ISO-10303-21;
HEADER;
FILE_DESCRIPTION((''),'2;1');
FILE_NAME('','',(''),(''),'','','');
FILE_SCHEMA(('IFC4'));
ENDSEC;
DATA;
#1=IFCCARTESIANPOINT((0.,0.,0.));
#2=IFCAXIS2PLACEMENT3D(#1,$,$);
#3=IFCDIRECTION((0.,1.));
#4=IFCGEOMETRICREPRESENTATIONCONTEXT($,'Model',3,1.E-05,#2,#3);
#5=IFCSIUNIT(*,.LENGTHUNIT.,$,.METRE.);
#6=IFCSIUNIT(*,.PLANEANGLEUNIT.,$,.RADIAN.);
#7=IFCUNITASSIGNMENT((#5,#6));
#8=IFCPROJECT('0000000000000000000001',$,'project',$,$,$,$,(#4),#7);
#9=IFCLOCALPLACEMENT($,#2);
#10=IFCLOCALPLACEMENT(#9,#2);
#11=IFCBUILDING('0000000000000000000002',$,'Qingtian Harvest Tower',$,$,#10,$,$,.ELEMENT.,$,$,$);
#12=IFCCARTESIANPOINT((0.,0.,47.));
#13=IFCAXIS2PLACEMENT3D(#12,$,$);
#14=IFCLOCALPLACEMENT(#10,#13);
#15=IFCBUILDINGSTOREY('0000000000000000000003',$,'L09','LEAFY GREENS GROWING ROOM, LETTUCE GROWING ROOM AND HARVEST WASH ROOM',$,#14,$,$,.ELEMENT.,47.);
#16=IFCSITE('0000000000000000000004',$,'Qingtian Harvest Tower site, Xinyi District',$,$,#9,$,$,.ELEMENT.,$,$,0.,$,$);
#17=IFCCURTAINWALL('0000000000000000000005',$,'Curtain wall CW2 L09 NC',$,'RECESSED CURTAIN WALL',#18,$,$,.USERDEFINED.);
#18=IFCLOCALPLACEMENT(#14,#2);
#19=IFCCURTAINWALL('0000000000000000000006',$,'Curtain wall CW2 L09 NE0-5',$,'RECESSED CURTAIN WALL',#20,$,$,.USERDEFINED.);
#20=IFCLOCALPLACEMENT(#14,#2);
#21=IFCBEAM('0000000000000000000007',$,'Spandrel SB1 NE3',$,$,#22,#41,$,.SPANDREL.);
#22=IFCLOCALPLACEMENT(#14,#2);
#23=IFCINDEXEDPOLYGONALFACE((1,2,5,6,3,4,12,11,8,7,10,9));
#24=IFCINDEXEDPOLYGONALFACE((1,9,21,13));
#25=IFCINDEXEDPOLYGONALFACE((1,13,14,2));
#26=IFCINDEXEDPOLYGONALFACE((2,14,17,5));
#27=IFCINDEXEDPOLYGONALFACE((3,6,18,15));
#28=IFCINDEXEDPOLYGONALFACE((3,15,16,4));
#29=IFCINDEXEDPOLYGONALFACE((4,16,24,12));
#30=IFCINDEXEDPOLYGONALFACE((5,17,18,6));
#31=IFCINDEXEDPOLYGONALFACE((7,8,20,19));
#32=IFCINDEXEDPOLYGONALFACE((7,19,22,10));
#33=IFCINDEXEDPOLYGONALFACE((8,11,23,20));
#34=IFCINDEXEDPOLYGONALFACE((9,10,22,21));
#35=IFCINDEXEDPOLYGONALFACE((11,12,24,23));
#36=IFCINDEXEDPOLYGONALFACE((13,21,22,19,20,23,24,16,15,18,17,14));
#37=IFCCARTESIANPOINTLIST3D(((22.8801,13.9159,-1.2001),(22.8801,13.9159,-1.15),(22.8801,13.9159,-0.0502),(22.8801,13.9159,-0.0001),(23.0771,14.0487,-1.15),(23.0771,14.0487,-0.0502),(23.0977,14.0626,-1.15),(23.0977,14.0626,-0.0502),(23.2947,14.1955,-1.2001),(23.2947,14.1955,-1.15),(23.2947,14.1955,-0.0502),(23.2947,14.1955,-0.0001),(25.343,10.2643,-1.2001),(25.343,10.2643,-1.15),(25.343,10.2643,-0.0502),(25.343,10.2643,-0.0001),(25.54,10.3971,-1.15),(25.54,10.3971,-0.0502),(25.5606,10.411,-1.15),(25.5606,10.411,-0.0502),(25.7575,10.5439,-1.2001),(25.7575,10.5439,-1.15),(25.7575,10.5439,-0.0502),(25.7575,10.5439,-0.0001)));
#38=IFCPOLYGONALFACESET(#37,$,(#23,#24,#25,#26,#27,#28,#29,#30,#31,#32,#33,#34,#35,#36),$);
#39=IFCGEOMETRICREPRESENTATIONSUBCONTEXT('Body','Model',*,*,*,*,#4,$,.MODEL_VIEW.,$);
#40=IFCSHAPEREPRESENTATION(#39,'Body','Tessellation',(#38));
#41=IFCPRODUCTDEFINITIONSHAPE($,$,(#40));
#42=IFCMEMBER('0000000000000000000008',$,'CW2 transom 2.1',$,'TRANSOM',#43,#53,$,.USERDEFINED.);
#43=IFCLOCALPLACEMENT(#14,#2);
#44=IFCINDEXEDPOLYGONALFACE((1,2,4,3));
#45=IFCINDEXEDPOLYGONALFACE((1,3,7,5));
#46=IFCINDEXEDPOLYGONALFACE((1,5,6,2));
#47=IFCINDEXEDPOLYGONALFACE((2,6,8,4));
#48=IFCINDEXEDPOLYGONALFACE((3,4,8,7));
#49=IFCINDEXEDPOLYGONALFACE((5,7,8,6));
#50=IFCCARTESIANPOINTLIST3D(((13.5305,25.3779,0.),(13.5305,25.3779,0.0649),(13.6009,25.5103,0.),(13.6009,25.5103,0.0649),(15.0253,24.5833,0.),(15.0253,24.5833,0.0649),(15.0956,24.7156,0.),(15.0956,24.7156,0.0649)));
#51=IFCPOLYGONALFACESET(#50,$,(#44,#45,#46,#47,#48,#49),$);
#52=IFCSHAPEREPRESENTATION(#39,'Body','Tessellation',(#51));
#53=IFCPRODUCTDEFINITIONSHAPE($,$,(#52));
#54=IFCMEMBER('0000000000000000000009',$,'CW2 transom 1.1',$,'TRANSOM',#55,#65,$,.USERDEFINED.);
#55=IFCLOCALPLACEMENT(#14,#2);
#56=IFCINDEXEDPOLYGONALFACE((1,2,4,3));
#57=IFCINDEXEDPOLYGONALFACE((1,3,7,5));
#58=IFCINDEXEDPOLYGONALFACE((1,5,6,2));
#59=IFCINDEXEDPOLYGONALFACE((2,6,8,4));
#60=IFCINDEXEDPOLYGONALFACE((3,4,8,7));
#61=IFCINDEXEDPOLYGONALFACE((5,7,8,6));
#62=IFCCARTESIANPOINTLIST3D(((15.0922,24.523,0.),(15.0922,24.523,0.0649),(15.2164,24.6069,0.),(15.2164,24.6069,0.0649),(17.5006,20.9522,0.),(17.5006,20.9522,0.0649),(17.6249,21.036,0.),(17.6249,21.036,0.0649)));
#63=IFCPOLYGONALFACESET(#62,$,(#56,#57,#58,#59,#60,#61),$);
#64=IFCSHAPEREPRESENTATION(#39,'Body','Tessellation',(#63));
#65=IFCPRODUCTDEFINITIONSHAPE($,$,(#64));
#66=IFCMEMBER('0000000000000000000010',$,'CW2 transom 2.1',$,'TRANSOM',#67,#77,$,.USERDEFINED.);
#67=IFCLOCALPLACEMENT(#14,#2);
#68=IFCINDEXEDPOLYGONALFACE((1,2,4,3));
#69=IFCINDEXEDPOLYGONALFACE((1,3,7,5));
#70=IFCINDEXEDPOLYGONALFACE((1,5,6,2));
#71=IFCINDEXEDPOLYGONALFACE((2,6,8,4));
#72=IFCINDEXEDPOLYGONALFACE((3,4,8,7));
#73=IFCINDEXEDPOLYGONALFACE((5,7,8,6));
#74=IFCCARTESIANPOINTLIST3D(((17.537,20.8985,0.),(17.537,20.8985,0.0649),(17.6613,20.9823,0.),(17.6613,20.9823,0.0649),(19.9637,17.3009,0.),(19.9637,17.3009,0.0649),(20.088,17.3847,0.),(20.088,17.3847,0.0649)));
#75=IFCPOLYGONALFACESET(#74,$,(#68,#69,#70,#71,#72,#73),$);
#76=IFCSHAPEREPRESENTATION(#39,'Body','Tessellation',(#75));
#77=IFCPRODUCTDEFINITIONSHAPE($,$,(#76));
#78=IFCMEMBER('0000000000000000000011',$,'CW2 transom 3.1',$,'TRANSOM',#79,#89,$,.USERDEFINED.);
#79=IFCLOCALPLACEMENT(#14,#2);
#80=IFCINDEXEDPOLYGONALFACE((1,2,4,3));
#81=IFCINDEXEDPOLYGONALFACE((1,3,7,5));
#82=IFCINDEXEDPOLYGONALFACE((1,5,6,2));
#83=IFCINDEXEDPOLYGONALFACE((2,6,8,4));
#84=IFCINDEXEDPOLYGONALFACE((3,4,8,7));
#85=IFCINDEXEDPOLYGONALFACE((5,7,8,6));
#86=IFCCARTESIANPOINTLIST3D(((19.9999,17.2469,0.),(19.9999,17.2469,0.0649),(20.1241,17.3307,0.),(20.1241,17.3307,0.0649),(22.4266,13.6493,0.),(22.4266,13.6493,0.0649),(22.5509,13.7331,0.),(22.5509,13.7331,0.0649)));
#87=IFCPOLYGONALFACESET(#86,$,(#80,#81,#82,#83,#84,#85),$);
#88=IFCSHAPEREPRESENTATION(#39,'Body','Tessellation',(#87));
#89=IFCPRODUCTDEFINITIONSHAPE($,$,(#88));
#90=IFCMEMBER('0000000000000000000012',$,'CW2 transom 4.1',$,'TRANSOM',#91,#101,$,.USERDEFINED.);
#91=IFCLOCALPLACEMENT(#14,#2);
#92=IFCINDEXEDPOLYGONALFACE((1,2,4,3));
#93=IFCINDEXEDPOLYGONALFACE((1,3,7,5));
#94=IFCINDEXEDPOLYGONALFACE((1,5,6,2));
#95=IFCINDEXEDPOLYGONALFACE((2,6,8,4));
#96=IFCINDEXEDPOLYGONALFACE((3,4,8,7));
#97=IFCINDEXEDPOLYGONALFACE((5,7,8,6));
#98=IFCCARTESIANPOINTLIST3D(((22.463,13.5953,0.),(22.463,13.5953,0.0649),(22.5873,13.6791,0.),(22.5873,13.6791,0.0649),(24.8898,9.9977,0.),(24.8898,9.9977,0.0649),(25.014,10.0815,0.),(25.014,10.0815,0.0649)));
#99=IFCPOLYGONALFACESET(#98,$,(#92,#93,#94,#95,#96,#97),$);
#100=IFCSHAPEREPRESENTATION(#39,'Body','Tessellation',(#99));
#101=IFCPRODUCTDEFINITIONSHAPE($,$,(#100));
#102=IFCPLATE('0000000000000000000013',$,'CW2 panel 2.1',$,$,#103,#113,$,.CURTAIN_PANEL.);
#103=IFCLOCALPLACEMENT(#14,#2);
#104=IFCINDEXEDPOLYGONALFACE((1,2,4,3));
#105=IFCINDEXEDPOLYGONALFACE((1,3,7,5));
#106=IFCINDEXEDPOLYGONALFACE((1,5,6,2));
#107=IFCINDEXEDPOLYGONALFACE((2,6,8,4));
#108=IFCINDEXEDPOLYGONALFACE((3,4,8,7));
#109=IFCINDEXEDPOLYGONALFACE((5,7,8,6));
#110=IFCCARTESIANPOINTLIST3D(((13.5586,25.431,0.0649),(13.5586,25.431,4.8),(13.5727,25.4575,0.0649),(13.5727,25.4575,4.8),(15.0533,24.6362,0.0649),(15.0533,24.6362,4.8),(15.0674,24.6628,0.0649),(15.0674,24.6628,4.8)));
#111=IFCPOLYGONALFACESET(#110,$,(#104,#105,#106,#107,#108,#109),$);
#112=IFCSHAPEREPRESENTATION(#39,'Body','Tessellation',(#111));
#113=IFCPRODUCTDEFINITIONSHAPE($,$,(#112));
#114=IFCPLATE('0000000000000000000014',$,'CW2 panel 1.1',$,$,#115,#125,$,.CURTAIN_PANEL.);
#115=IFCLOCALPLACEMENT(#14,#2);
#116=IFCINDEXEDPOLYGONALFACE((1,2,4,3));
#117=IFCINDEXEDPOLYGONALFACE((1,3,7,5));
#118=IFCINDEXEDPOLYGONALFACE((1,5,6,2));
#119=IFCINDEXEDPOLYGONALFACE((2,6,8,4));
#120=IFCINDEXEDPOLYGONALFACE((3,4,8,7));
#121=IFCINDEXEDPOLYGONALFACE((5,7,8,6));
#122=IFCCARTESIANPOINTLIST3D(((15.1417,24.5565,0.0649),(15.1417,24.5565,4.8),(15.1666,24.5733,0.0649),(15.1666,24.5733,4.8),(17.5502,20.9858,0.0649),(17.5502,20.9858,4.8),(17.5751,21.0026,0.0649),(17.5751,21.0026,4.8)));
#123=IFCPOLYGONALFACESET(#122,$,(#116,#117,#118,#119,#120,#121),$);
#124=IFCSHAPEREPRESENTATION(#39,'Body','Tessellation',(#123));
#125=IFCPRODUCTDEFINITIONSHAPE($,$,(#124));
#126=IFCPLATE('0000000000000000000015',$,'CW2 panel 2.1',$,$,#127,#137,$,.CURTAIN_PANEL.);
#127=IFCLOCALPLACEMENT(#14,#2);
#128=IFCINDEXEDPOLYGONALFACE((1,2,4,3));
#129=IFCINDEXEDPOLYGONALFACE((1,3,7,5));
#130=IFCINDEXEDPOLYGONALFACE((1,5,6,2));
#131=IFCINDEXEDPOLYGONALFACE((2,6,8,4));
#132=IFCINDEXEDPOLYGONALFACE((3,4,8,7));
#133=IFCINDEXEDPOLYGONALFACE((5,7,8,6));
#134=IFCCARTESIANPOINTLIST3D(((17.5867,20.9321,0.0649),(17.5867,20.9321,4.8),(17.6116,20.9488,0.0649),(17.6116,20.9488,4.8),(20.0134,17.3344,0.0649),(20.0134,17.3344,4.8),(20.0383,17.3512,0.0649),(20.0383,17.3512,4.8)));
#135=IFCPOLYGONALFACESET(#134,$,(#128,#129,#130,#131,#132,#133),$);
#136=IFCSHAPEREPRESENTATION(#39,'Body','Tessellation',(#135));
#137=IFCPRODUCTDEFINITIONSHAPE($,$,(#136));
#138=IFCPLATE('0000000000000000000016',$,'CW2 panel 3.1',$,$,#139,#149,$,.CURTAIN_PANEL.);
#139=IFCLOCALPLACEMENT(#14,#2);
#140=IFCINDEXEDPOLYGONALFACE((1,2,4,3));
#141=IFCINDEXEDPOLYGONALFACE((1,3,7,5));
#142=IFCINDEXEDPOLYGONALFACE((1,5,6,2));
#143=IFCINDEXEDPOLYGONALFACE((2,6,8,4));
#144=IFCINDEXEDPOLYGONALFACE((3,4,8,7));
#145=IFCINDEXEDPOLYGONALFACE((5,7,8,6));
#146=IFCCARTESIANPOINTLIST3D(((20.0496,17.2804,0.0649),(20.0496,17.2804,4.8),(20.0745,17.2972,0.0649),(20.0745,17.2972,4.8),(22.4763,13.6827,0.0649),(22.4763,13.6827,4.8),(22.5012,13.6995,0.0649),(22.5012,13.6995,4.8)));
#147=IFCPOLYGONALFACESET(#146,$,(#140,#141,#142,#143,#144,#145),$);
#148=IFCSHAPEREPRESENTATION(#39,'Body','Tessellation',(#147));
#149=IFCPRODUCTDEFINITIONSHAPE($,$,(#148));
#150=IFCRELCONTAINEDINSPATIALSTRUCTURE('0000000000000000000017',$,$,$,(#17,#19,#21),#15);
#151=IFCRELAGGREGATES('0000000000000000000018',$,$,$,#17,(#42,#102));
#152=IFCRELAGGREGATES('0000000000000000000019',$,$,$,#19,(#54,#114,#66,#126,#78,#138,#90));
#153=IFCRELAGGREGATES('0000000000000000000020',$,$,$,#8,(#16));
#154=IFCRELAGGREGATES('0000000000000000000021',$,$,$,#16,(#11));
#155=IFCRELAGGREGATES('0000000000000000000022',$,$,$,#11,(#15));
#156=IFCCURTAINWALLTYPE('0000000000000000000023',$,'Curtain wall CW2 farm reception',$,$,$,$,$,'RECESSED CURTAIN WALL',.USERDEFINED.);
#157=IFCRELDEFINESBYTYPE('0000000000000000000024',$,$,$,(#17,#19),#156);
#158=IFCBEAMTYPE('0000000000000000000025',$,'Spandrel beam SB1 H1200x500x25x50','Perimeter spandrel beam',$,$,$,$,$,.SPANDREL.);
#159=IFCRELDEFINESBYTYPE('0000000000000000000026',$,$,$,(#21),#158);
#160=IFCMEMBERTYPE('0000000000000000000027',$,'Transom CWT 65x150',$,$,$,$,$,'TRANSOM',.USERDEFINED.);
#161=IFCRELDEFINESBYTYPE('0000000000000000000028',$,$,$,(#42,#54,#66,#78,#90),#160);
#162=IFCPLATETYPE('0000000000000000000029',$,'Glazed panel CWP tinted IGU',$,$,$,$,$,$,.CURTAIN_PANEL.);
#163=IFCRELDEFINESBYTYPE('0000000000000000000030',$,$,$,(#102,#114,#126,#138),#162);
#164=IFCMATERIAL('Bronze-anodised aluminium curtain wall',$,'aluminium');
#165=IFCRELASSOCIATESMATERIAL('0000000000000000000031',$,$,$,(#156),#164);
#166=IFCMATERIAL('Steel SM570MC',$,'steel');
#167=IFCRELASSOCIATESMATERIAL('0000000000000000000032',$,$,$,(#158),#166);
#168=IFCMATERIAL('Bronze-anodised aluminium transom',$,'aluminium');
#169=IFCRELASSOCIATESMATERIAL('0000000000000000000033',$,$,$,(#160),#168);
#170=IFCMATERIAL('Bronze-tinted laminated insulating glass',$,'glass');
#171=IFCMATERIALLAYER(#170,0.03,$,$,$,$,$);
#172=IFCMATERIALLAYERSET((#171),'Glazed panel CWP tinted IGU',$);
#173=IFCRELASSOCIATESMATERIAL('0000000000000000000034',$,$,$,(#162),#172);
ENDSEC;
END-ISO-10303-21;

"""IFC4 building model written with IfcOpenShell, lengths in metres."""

from ifc_helpers import new_model, si_unit, direction, frame, origin, origin_2d, place, context, subcontext, project, spatial, rectangle, i_section, extrude, material, layer, layer_set, material_profile, profile_set, type_object, element, aggregate, save


model = new_model("IFC4")

# Units and contexts
model_context = context("Model", 3, precision=1e-05, world=origin(), true_north=direction((0.0, 1.0)))
body_context = subcontext(model_context, "Body", "Model", "MODEL_VIEW")
ifc_project = project(units=[si_unit("LENGTHUNIT", "METRE"), si_unit("PLANEANGLEUNIT", "RADIAN")], contexts=[model_context])

# Site, building, storey
site_placement = place(None, origin())
site = spatial("IfcSite", under=ifc_project, at=site_placement, Name="Qingtian Harvest Tower site, Xinyi District", CompositionType="ELEMENT", RefElevation=0.0)
building_placement = place(site_placement, origin())
building = spatial("IfcBuilding", under=site, at=building_placement, Name="Qingtian Harvest Tower", CompositionType="ELEMENT")
storey_placement = place(building_placement, frame((0.0, 0.0, 47.0)))
storey = spatial("IfcBuildingStorey", under=building, at=storey_placement, Name="L09", Description="LEAFY GREENS GROWING ROOM, LETTUCE GROWING ROOM AND HARVEST WASH ROOM", CompositionType="ELEMENT", Elevation=47.0)

# Curtain wall
ifc_material_1 = material(Name="Bronze-anodised aluminium curtain wall", Category="aluminium")
curtain_wall_type = type_object("IfcCurtainWallType", Name="Curtain wall CW2 farm reception", ElementType="RECESSED CURTAIN WALL", PredefinedType="USERDEFINED", material=ifc_material_1)
curtain_wall_1_placement = place(storey_placement, origin())
curtain_wall_1 = element("IfcCurtainWall", 1, at=curtain_wall_1_placement, inside=storey, type_object=curtain_wall_type, Name="Curtain wall CW2 L09 NC", ObjectType="RECESSED CURTAIN WALL", PredefinedType="USERDEFINED")

# Curtain wall
curtain_wall_2_placement = place(storey_placement, origin())
curtain_wall_2 = element("IfcCurtainWall", 2, at=curtain_wall_2_placement, inside=storey, type_object=curtain_wall_type, Name="Curtain wall CW2 L09 NE0-5", ObjectType="RECESSED CURTAIN WALL", PredefinedType="USERDEFINED")

# Beam
ifc_material_2 = material(Name="Steel SM570MC", Category="steel")
ifc_material_profile_1 = material_profile(ifc_material_2, i_section(OverallWidth=0.5, OverallDepth=1.2, WebThickness=0.0249, FlangeThickness=0.05, at=origin_2d()), Name="H1200x500x25x50")
ifc_profile_set_1 = profile_set([ifc_material_profile_1], Name="Steel SM570MC")
beam_type_1 = type_object("IfcBeamType", Name="Spandrel beam SB1 H1200x500x25x50", Description="Perimeter spandrel beam", PredefinedType="SPANDREL", material=ifc_profile_set_1)
for number, where, z_axis, x_axis, name in (
    (3, (23.0874, 14.0557, -0.6001), (0.559169, -0.829054, 0.0), (0.829054, 0.559169, 0.0), "Spandrel SB1 NE3"),
):
    element("IfcBeam", number, at=place(storey_placement, frame(where, z_axis=z_axis, x_axis=x_axis)), inside=storey, type_object=beam_type_1, Name=name, PredefinedType="SPANDREL", context=body_context, shape_type="SweptSolid", body=[
        extrude(i_section(OverallWidth=0.5, OverallDepth=1.2, WebThickness=0.0249, FlangeThickness=0.05, at=origin_2d()), origin(), (0.0, 0.0, 1.0), 4.4045),
    ])

# Members
ifc_material_3 = material(Name="Bronze-anodised aluminium transom", Category="aluminium")
ifc_material_profile_2 = material_profile(ifc_material_3, rectangle(XDim=0.1499, YDim=0.0649, at=origin_2d()), Name="AL 65x150")
ifc_profile_set_2 = profile_set([ifc_material_profile_2], Name="Bronze-anodised aluminium transom")
member_type_1 = type_object("IfcMemberType", Name="Transom CWT 65x150", ElementType="TRANSOM", PredefinedType="USERDEFINED", material=ifc_profile_set_2)
member_1_placement = place(storey_placement, frame((13.5657, 25.4441, 0.0325), z_axis=(0.882987, -0.469398, 0.0), x_axis=(0.469398, 0.882987, 0.0)))
member_1 = element("IfcMember", 4, at=member_1_placement, type_object=member_type_1, Name="CW2 transom 2.1", ObjectType="TRANSOM", PredefinedType="USERDEFINED", context=body_context, shape_type="SweptSolid", body=[
    extrude(rectangle(XDim=0.1499, YDim=0.0649, at=origin_2d()), origin(), (0.0, 0.0, 1.0), 1.6929),
])
member_2_placement = place(storey_placement, frame((15.1543, 24.5649, 0.0325), z_axis=(0.559179, -0.829047, 0.0), x_axis=(0.829047, 0.559179, 0.0)))
member_2 = element("IfcMember", 5, at=member_2_placement, type_object=member_type_1, Name="CW2 transom 1.1", ObjectType="TRANSOM", PredefinedType="USERDEFINED", context=body_context, shape_type="SweptSolid", body=[
    extrude(rectangle(XDim=0.1499, YDim=0.0649, at=origin_2d()), origin(), (0.0, 0.0, 1.0), 4.3071),
])
member_3_placement = place(storey_placement, frame((17.5991, 20.9404, 0.0325), z_axis=(0.55921, -0.829026, 0.0), x_axis=(0.829026, 0.55921, 0.0)))
member_3 = element("IfcMember", 6, at=member_3_placement, type_object=member_type_1, Name="CW2 transom 2.1", ObjectType="TRANSOM", PredefinedType="USERDEFINED", context=body_context, shape_type="SweptSolid", body=[
    extrude(rectangle(XDim=0.1499, YDim=0.0649, at=origin_2d()), origin(), (0.0, 0.0, 1.0), 4.3396),
])
member_4_placement = place(storey_placement, frame((20.062, 17.2888, 0.0325), z_axis=(0.55921, -0.829026, 0.0), x_axis=(0.829026, 0.55921, 0.0)))
member_4 = element("IfcMember", 7, at=member_4_placement, type_object=member_type_1, Name="CW2 transom 3.1", ObjectType="TRANSOM", PredefinedType="USERDEFINED", context=body_context, shape_type="SweptSolid", body=[
    extrude(rectangle(XDim=0.1499, YDim=0.0649, at=origin_2d()), origin(), (0.0, 0.0, 1.0), 4.3396),
])
member_5_placement = place(storey_placement, frame((22.5251, 13.6372, 0.0325), z_axis=(0.55921, -0.829026, 0.0), x_axis=(0.829026, 0.55921, 0.0)))
member_5 = element("IfcMember", 8, at=member_5_placement, type_object=member_type_1, Name="CW2 transom 4.1", ObjectType="TRANSOM", PredefinedType="USERDEFINED", context=body_context, shape_type="SweptSolid", body=[
    extrude(rectangle(XDim=0.1499, YDim=0.0649, at=origin_2d()), origin(), (0.0, 0.0, 1.0), 4.3396),
])

# Plates
ifc_material_4 = material(Name="Bronze-tinted laminated insulating glass", Category="glass")
ifc_layer = layer(ifc_material_4, 0.03)
ifc_layer_set = layer_set([ifc_layer], Name="Glazed panel CWP tinted IGU")
plate_type = type_object("IfcPlateType", Name="Glazed panel CWP tinted IGU", PredefinedType="CURTAIN_PANEL", material=ifc_layer_set)
plate_1_placement = place(storey_placement, frame((14.313, 25.0469, 0.0649), z_axis=(0.0, 0.0, 1.0), x_axis=(0.882948, -0.469472, 0.0)))
plate_1 = element("IfcPlate", 9, at=plate_1_placement, type_object=plate_type, Name="CW2 panel 2.1", PredefinedType="CURTAIN_PANEL", context=body_context, shape_type="SweptSolid", body=[
    extrude(rectangle(XDim=1.6929, YDim=0.03, at=origin_2d()), origin(), (0.0, 0.0, 1.0), 4.7351),
])
aggregate(curtain_wall_1, [member_1, plate_1])
plate_2_placement = place(storey_placement, frame((16.3584, 22.7795, 0.0649), z_axis=(0.0, 0.0, 1.0), x_axis=(0.559193, -0.829038, 0.0)))
plate_2 = element("IfcPlate", 10, at=plate_2_placement, type_object=plate_type, Name="CW2 panel 1.1", PredefinedType="CURTAIN_PANEL", context=body_context, shape_type="SweptSolid", body=[
    extrude(rectangle(XDim=4.3071, YDim=0.03, at=origin_2d()), origin(), (0.0, 0.0, 1.0), 4.7351),
])
plate_3_placement = place(storey_placement, frame((18.8125, 19.1416, 0.0649), z_axis=(0.0, 0.0, 1.0), x_axis=(0.559193, -0.829038, 0.0)))
plate_3 = element("IfcPlate", 11, at=plate_3_placement, type_object=plate_type, Name="CW2 panel 2.1", PredefinedType="CURTAIN_PANEL", context=body_context, shape_type="SweptSolid", body=[
    extrude(rectangle(XDim=4.3396, YDim=0.03, at=origin_2d()), origin(), (0.0, 0.0, 1.0), 4.7351),
])
plate_4_placement = place(storey_placement, frame((21.2754, 15.49, 0.0649), z_axis=(0.0, 0.0, 1.0), x_axis=(0.559193, -0.829038, 0.0)))
plate_4 = element("IfcPlate", 12, at=plate_4_placement, type_object=plate_type, Name="CW2 panel 3.1", PredefinedType="CURTAIN_PANEL", context=body_context, shape_type="SweptSolid", body=[
    extrude(rectangle(XDim=4.3396, YDim=0.03, at=origin_2d()), origin(), (0.0, 0.0, 1.0), 4.7351),
])
aggregate(curtain_wall_2, [member_2, plate_2, member_3, plate_3, member_4, plate_4, member_5])

save(model, "model.ifc")
